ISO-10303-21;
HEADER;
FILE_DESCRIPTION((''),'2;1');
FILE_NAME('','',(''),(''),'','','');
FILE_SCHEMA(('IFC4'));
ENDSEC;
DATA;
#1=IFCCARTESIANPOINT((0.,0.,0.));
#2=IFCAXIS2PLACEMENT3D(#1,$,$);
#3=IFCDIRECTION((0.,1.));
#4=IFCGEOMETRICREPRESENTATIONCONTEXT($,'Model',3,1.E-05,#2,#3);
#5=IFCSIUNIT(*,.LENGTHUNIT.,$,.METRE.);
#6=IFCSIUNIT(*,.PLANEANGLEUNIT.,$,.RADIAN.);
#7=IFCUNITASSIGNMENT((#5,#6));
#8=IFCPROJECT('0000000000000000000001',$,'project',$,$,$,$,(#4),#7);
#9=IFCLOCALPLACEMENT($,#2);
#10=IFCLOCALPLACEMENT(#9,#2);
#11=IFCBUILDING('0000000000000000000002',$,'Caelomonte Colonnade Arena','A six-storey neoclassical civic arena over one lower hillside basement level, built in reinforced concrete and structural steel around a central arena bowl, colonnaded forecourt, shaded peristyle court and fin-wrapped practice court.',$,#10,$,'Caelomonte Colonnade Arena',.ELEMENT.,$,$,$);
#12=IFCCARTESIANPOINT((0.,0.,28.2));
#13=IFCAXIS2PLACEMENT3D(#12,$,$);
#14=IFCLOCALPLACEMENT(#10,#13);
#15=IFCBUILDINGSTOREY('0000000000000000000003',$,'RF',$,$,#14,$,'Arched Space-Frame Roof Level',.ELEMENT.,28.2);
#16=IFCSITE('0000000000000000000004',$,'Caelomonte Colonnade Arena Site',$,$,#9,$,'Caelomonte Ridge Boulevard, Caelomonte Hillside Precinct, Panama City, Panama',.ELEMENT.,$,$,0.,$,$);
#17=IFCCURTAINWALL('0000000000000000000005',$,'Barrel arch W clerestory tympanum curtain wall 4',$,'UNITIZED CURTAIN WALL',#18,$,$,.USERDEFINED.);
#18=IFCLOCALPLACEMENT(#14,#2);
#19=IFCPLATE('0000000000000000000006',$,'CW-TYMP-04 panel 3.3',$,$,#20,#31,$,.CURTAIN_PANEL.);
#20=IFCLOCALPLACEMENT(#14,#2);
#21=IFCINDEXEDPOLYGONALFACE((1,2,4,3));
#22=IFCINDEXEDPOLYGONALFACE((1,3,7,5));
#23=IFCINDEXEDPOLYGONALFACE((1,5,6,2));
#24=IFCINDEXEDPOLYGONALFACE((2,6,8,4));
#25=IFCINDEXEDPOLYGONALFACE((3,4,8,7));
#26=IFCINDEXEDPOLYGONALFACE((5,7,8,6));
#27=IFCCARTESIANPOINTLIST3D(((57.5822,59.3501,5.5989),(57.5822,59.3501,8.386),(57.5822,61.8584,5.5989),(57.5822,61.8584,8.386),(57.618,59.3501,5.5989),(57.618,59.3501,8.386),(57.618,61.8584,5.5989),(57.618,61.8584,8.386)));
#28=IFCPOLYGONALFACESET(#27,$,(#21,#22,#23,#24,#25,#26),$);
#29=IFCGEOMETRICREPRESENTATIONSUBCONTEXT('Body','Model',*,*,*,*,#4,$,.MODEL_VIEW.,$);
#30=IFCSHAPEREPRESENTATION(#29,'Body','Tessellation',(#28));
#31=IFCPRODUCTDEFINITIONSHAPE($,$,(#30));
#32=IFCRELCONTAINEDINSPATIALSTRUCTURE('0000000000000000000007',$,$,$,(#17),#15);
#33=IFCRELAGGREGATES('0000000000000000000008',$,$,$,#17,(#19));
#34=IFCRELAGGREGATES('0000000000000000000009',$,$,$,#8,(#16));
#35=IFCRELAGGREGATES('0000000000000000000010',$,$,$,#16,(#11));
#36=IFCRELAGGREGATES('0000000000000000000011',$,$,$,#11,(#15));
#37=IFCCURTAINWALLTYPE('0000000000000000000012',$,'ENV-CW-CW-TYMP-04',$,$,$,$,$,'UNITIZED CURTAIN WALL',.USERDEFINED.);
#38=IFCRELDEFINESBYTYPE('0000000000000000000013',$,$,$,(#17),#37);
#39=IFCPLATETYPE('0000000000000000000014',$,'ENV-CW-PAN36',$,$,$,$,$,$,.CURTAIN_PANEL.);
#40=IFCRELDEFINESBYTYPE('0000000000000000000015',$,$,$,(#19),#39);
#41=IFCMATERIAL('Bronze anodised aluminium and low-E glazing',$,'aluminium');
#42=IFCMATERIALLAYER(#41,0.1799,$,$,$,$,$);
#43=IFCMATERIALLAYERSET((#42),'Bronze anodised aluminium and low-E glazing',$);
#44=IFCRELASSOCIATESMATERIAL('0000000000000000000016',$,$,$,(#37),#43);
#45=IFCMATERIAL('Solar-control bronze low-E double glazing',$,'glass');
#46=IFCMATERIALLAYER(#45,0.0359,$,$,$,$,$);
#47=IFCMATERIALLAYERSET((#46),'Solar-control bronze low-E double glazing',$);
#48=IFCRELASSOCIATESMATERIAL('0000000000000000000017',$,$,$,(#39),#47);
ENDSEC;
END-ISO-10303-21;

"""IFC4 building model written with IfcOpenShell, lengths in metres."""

from ifc_helpers import new_model, si_unit, direction, frame, origin, origin_2d, place, context, subcontext, project, spatial, rectangle, extrude, material, layer, layer_set, type_object, element, aggregate, save


model = new_model("IFC4")

# Units and contexts
model_context = context("Model", 3, precision=1e-05, world=origin(), true_north=direction((0.0, 1.0)))
body_context = subcontext(model_context, "Body", "Model", "MODEL_VIEW")
ifc_project = project(units=[si_unit("LENGTHUNIT", "METRE"), si_unit("PLANEANGLEUNIT", "RADIAN")], contexts=[model_context])

# Site, building, storey
site_placement = place(None, origin())
site = spatial("IfcSite", under=ifc_project, at=site_placement, Name="Caelomonte Colonnade Arena Site", LongName="Caelomonte Ridge Boulevard, Caelomonte Hillside Precinct, Panama City, Panama", CompositionType="ELEMENT", RefElevation=0.0)
building_placement = place(site_placement, origin())
building = spatial("IfcBuilding", under=site, at=building_placement, Name="Caelomonte Colonnade Arena", Description="A six-storey neoclassical civic arena over one lower hillside basement level, built in reinforced concrete and structural steel around a central arena bowl, colonnaded forecourt, shaded peristyle court and fin-wrapped practice court.", LongName="Caelomonte Colonnade Arena", CompositionType="ELEMENT")
storey_placement = place(building_placement, frame((0.0, 0.0, 28.2)))
storey = spatial("IfcBuildingStorey", under=building, at=storey_placement, Name="RF", LongName="Arched Space-Frame Roof Level", CompositionType="ELEMENT", Elevation=28.2)

# Curtain wall
ifc_material_1 = material(Name="Bronze anodised aluminium and low-E glazing", Category="aluminium")
ifc_layer_1 = layer(ifc_material_1, 0.1799)
ifc_layer_set_1 = layer_set([ifc_layer_1], Name="Bronze anodised aluminium and low-E glazing")
curtain_wall_type_1 = type_object("IfcCurtainWallType", Name="ENV-CW-CW-TYMP-04", ElementType="UNITIZED CURTAIN WALL", PredefinedType="USERDEFINED", material=ifc_layer_set_1)
curtain_wall_1_placement = place(storey_placement, origin())
curtain_wall_1 = element("IfcCurtainWall", 1, at=curtain_wall_1_placement, inside=storey, type_object=curtain_wall_type_1, Name="Barrel arch W clerestory tympanum curtain wall 4", ObjectType="UNITIZED CURTAIN WALL", PredefinedType="USERDEFINED")

# Plate
ifc_material_2 = material(Name="Solar-control bronze low-E double glazing", Category="glass")
ifc_layer_2 = layer(ifc_material_2, 0.0359)
ifc_layer_set_2 = layer_set([ifc_layer_2], Name="Solar-control bronze low-E double glazing")
plate_type = type_object("IfcPlateType", Name="ENV-CW-PAN36", PredefinedType="CURTAIN_PANEL", material=ifc_layer_set_2)
plate_1_placement = place(storey_placement, frame((57.6001, 60.6042, 5.5989), z_axis=(0.0, 0.0, 1.0), x_axis=(0.0, -1.0, 0.0)))
plate_1 = element("IfcPlate", 2, at=plate_1_placement, type_object=plate_type, Name="CW-TYMP-04 panel 3.3", PredefinedType="CURTAIN_PANEL", context=body_context, shape_type="SweptSolid", body=[
    extrude(rectangle(XDim=2.5083, YDim=0.0359, at=origin_2d()), origin(), (0.0, 0.0, 1.0), 2.7871),
])
aggregate(curtain_wall_1, [plate_1])

save(model, "model.ifc")
